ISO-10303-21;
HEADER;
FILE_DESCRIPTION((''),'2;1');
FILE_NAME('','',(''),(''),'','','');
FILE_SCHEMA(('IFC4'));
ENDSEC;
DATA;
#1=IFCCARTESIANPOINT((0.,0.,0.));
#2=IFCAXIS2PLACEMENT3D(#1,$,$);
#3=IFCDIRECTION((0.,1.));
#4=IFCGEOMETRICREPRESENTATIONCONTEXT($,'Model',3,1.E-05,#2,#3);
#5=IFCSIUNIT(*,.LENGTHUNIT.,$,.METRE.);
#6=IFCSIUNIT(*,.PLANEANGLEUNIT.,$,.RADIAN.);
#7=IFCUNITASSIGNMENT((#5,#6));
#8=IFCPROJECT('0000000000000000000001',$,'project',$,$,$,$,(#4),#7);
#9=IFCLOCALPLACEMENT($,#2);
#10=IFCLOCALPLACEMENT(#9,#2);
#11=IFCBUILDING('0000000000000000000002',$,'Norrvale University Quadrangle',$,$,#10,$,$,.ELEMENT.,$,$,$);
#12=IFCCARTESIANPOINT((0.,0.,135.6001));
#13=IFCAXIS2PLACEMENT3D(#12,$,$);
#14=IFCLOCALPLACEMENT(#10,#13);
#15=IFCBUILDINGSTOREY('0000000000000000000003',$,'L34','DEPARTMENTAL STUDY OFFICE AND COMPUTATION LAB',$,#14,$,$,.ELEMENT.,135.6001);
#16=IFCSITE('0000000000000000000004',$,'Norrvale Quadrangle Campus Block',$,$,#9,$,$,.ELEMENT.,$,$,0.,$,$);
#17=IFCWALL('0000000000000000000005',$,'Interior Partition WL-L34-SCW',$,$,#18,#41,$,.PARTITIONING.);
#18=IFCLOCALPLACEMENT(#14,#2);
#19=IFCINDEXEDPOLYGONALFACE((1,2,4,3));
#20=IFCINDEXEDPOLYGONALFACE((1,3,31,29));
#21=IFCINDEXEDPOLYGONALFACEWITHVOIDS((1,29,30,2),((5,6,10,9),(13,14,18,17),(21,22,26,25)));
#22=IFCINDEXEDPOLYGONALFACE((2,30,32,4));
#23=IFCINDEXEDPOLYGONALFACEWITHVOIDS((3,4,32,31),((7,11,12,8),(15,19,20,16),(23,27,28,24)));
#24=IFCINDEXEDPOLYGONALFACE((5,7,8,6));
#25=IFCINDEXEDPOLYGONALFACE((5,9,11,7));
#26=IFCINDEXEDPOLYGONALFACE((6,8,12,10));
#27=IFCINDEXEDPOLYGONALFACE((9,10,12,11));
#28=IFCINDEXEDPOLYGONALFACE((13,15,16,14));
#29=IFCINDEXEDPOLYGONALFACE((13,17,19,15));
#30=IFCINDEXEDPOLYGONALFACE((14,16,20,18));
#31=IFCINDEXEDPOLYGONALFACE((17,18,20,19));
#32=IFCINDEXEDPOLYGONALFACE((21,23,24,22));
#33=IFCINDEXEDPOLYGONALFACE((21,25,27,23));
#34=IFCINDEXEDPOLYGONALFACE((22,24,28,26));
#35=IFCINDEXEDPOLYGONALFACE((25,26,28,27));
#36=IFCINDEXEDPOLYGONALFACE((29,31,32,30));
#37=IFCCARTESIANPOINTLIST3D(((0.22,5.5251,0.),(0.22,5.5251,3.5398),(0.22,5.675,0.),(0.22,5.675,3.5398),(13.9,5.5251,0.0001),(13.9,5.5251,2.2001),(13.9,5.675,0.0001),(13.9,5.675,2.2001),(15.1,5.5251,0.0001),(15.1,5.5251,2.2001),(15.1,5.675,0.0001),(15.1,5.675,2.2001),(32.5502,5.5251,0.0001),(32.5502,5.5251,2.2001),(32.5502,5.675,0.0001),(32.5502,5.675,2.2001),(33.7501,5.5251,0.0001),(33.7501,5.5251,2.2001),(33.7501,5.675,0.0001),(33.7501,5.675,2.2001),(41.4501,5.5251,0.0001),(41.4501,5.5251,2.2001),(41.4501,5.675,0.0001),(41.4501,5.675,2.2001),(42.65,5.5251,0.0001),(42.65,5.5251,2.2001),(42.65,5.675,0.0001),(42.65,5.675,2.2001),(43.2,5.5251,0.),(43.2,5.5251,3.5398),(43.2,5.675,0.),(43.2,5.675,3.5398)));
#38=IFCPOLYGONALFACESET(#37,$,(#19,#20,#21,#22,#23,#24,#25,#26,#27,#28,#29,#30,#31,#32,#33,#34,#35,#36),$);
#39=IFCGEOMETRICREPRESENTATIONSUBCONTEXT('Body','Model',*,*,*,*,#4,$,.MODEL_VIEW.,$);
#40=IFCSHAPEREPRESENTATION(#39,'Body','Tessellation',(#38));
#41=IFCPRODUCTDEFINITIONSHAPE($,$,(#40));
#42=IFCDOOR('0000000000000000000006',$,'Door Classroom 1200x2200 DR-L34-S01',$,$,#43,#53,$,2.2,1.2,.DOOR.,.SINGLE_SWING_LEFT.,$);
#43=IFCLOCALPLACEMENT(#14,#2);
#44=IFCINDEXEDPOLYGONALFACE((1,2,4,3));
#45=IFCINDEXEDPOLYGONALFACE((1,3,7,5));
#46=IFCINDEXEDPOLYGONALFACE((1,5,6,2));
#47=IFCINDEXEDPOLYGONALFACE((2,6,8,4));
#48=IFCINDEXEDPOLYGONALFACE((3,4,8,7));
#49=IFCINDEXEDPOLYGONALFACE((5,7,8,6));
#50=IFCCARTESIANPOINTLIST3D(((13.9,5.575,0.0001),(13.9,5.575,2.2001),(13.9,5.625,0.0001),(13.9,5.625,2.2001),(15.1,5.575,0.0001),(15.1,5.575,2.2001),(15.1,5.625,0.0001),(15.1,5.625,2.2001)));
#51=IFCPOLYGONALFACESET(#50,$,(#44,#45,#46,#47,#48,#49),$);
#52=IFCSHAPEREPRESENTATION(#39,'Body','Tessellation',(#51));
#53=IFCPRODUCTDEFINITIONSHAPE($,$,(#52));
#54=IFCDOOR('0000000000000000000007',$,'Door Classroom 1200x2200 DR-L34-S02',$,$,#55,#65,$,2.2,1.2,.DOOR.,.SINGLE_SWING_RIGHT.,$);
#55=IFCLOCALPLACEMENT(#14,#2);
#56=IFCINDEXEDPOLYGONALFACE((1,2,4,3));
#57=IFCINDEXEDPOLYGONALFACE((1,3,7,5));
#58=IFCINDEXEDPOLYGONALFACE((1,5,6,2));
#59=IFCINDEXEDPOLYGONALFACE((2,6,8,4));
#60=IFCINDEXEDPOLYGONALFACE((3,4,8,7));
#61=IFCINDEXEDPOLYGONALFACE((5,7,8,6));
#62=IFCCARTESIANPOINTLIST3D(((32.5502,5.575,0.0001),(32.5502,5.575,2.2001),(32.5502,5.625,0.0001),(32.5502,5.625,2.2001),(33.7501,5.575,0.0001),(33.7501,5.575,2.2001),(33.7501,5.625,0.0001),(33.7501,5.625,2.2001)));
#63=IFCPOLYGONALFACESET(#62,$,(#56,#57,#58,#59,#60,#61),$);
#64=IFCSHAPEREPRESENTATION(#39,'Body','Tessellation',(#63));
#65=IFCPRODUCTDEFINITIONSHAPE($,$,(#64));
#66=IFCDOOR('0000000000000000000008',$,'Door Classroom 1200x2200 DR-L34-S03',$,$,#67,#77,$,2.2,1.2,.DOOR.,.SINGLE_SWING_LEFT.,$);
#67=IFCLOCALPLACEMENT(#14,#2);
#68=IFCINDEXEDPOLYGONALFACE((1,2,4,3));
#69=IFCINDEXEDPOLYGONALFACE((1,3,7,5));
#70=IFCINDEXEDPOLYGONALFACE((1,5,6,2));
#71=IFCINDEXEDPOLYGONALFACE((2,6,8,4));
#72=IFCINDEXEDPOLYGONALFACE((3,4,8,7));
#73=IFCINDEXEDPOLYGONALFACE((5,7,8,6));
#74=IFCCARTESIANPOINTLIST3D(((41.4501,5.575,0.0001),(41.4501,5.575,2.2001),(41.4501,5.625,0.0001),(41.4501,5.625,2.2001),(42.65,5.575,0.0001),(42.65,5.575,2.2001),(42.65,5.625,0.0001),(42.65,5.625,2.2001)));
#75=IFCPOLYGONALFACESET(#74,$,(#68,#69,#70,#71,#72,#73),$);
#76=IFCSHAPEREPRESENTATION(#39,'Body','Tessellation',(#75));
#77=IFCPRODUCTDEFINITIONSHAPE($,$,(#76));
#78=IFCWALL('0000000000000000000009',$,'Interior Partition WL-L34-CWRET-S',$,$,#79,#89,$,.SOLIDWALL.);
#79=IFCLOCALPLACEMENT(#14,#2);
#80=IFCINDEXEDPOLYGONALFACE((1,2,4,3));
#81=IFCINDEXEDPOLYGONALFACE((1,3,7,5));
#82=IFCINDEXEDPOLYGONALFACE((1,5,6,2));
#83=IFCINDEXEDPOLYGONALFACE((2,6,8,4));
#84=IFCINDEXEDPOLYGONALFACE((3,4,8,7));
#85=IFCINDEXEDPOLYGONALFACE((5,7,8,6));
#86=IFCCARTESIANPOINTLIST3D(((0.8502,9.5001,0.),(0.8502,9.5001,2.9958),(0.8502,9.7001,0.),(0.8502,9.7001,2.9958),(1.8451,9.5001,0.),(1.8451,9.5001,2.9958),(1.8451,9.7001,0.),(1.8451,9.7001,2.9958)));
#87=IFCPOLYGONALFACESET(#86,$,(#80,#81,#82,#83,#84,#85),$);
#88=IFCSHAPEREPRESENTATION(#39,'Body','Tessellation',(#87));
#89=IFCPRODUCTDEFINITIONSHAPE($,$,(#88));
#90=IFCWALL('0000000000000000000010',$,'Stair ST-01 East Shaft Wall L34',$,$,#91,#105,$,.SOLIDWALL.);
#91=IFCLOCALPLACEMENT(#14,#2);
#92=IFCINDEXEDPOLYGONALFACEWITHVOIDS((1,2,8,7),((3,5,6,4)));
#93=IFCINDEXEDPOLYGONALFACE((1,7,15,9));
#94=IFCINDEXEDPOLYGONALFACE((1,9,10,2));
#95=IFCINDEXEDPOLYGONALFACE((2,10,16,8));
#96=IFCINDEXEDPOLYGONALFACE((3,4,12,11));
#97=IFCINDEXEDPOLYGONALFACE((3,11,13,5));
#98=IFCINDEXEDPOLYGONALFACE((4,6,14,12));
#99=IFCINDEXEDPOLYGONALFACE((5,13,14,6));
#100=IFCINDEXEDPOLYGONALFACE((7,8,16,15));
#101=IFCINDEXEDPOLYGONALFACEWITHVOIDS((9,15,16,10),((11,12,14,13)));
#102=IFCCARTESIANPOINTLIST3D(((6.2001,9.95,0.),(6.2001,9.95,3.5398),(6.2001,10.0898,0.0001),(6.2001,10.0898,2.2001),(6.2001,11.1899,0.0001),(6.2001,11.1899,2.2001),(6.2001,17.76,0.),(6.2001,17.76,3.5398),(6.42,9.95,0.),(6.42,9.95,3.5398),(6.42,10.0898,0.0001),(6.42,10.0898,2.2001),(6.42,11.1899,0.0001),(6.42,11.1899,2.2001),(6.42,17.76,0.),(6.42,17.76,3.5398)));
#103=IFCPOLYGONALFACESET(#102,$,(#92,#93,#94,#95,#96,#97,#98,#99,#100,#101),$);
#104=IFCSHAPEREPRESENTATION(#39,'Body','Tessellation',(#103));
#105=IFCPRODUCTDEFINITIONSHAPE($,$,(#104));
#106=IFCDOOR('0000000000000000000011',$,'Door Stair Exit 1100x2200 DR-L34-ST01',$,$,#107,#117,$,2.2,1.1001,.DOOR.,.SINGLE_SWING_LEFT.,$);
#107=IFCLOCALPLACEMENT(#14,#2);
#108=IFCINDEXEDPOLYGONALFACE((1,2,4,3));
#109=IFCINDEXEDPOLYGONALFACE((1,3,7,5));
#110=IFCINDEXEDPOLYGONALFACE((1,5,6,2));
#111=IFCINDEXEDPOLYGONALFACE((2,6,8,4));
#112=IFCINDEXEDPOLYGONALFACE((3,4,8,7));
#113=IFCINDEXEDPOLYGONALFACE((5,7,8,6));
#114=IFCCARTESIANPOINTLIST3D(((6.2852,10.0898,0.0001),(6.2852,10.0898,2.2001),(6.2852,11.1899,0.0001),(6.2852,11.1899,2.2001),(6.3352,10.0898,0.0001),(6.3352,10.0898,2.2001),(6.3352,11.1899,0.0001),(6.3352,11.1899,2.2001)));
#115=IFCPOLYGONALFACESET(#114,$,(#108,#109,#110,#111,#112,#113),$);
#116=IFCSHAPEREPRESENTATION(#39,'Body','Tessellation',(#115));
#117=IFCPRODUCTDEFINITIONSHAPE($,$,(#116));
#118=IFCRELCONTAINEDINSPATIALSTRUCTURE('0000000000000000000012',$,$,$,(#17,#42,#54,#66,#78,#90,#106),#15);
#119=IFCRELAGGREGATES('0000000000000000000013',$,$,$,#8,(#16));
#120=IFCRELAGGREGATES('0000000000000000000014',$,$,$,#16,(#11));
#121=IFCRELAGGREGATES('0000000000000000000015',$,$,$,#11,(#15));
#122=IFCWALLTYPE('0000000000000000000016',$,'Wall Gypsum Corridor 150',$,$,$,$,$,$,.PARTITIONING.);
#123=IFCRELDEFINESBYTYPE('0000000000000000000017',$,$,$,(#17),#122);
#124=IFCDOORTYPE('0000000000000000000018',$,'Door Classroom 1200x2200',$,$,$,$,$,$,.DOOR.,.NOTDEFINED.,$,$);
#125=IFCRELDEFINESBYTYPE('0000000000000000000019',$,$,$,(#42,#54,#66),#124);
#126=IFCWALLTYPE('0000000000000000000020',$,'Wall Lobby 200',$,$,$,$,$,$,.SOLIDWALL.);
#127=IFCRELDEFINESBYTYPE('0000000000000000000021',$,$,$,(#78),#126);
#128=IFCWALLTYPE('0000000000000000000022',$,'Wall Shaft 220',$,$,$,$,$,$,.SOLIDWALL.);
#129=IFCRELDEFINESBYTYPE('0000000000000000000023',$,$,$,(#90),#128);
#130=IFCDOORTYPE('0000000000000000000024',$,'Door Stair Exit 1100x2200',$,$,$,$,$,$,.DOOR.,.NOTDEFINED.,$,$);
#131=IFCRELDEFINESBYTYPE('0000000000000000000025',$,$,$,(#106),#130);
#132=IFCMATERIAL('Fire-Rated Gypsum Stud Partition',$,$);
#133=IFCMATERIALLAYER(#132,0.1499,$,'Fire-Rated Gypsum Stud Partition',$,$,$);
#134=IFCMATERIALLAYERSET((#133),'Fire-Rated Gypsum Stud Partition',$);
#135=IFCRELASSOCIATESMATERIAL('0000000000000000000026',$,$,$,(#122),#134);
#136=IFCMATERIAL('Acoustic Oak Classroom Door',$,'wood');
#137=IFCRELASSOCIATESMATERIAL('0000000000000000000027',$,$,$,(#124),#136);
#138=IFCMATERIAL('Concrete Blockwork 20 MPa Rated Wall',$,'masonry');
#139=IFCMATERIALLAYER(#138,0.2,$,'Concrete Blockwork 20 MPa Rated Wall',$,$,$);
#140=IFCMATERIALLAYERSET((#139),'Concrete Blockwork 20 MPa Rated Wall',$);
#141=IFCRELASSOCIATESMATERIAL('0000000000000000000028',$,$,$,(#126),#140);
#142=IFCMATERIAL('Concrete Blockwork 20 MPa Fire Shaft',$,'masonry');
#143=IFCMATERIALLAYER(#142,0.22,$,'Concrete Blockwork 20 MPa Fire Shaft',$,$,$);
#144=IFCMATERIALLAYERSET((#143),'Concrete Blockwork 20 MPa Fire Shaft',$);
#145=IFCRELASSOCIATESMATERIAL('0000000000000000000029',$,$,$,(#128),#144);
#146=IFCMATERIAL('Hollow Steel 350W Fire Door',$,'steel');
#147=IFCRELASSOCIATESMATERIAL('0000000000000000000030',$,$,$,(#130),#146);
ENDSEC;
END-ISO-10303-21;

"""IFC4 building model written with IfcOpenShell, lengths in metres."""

from ifc_helpers import new_model, si_unit, direction, frame, frame_2d, origin, place, context, subcontext, project, spatial, rectangle, extrude, material, layer, layer_set, type_object, element, fill, save


model = new_model("IFC4")

# Units and contexts
model_context = context("Model", 3, precision=1e-05, world=origin(), true_north=direction((0.0, 1.0)))
body_context = subcontext(model_context, "Body", "Model", "MODEL_VIEW")
ifc_project = project(units=[si_unit("LENGTHUNIT", "METRE"), si_unit("PLANEANGLEUNIT", "RADIAN")], contexts=[model_context])

# Site, building, storey
site_placement = place(None, origin())
site = spatial("IfcSite", under=ifc_project, at=site_placement, Name="Norrvale Quadrangle Campus Block", CompositionType="ELEMENT", RefElevation=0.0)
building_placement = place(site_placement, origin())
building = spatial("IfcBuilding", under=site, at=building_placement, Name="Norrvale University Quadrangle", CompositionType="ELEMENT")
storey_placement = place(building_placement, frame((0.0, 0.0, 135.6001)))
storey = spatial("IfcBuildingStorey", under=building, at=storey_placement, Name="L34", Description="DEPARTMENTAL STUDY OFFICE AND COMPUTATION LAB", CompositionType="ELEMENT", Elevation=135.6001)

# Wall, openings, doors
ifc_material_1 = material(Name="Fire-Rated Gypsum Stud Partition")
ifc_layer_1 = layer(ifc_material_1, 0.1499, Name="Fire-Rated Gypsum Stud Partition")
ifc_layer_set_1 = layer_set([ifc_layer_1], Name="Fire-Rated Gypsum Stud Partition")
wall_type_1 = type_object("IfcWallType", Name="Wall Gypsum Corridor 150", PredefinedType="PARTITIONING", material=ifc_layer_set_1)
wall_1_placement = place(storey_placement, frame((0.22, 5.6001, 0.0), z_axis=(0.0, 0.0, 1.0), x_axis=(1.0, 0.0, 0.0)))
wall_1 = element("IfcWall", 1, at=wall_1_placement, inside=storey, type_object=wall_type_1, Name="Interior Partition WL-L34-SCW", PredefinedType="PARTITIONING", context=body_context, shape_type="SweptSolid", body=[
    extrude(rectangle(XDim=42.98, YDim=0.1499, at=frame_2d((21.49, 0.0))), origin(), (0.0, 0.0, 1.0), 3.5398),
])
opening_1_placement = place(wall_1_placement, frame((13.6799, 0.0, 0.0)))
opening_1 = element("IfcOpeningElement", 2, at=opening_1_placement, cuts=wall_1, PredefinedType="OPENING", context=body_context, shape_type="SweptSolid", body=[
    extrude(rectangle(XDim=1.2, YDim=2.2, at=frame_2d((0.6001, 1.1001))), frame((0.0, 0.0869, 0.0), z_axis=(0.0, -1.0, 0.0), x_axis=(1.0, 0.0, 0.0)), (0.0, 0.0, 1.0), 0.1738),
])
opening_2_placement = place(wall_1_placement, frame((32.3301, 0.0, 0.0)))
opening_2 = element("IfcOpeningElement", 3, at=opening_2_placement, cuts=wall_1, PredefinedType="OPENING", context=body_context, shape_type="SweptSolid", body=[
    extrude(rectangle(XDim=1.2, YDim=2.2, at=frame_2d((0.6001, 1.1001))), frame((0.0, 0.0869, 0.0), z_axis=(0.0, -1.0, 0.0), x_axis=(1.0, 0.0, 0.0)), (0.0, 0.0, 1.0), 0.1738),
])
opening_3_placement = place(wall_1_placement, frame((41.23, 0.0, 0.0)))
opening_3 = element("IfcOpeningElement", 4, at=opening_3_placement, cuts=wall_1, PredefinedType="OPENING", context=body_context, shape_type="SweptSolid", body=[
    extrude(rectangle(XDim=1.2, YDim=2.2, at=frame_2d((0.6001, 1.1001))), frame((0.0, 0.0869, 0.0), z_axis=(0.0, -1.0, 0.0), x_axis=(1.0, 0.0, 0.0)), (0.0, 0.0, 1.0), 0.1738),
])
ifc_material_2 = material(Name="Acoustic Oak Classroom Door", Category="wood")
door_type_1 = type_object("IfcDoorType", Name="Door Classroom 1200x2200", OperationType="NOTDEFINED", PredefinedType="DOOR", material=ifc_material_2)
door_1_placement = place(opening_1_placement, origin())
door_1 = element("IfcDoor", 5, at=door_1_placement, inside=storey, type_object=door_type_1, Name="Door Classroom 1200x2200 DR-L34-S01", OperationType="SINGLE_SWING_LEFT", OverallHeight=2.2, OverallWidth=1.2, PredefinedType="DOOR", context=body_context, shape_type="SweptSolid", body=[
    extrude(rectangle(XDim=1.2, YDim=2.2, at=frame_2d((0.6001, 1.1001))), frame((0.0, 0.0249, 0.0), z_axis=(0.0, -1.0, 0.0), x_axis=(1.0, 0.0, 0.0)), (0.0, 0.0, 1.0), 0.05),
])
fill(opening_1, door_1)
door_2_placement = place(opening_2_placement, origin())
door_2 = element("IfcDoor", 6, at=door_2_placement, inside=storey, type_object=door_type_1, Name="Door Classroom 1200x2200 DR-L34-S02", OperationType="SINGLE_SWING_RIGHT", OverallHeight=2.2, OverallWidth=1.2, PredefinedType="DOOR", context=body_context, shape_type="SweptSolid", body=[
    extrude(rectangle(XDim=1.2, YDim=2.2, at=frame_2d((0.6001, 1.1001))), frame((0.0, 0.0249, 0.0), z_axis=(0.0, -1.0, 0.0), x_axis=(1.0, 0.0, 0.0)), (0.0, 0.0, 1.0), 0.05),
])
fill(opening_2, door_2)
door_3_placement = place(opening_3_placement, origin())
door_3 = element("IfcDoor", 7, at=door_3_placement, inside=storey, type_object=door_type_1, Name="Door Classroom 1200x2200 DR-L34-S03", OperationType="SINGLE_SWING_LEFT", OverallHeight=2.2, OverallWidth=1.2, PredefinedType="DOOR", context=body_context, shape_type="SweptSolid", body=[
    extrude(rectangle(XDim=1.2, YDim=2.2, at=frame_2d((0.6001, 1.1001))), frame((0.0, 0.0249, 0.0), z_axis=(0.0, -1.0, 0.0), x_axis=(1.0, 0.0, 0.0)), (0.0, 0.0, 1.0), 0.05),
])
fill(opening_3, door_3)

# Wall
ifc_material_3 = material(Name="Concrete Blockwork 20 MPa Rated Wall", Category="masonry")
ifc_layer_2 = layer(ifc_material_3, 0.2, Name="Concrete Blockwork 20 MPa Rated Wall")
ifc_layer_set_2 = layer_set([ifc_layer_2], Name="Concrete Blockwork 20 MPa Rated Wall")
wall_type_2 = type_object("IfcWallType", Name="Wall Lobby 200", PredefinedType="SOLIDWALL", material=ifc_layer_set_2)
wall_2_placement = place(storey_placement, frame((0.8501, 9.6001, 0.0), z_axis=(0.0, 0.0, 1.0), x_axis=(1.0, 0.0, 0.0)))
element("IfcWall", 8, at=wall_2_placement, inside=storey, type_object=wall_type_2, Name="Interior Partition WL-L34-CWRET-S", PredefinedType="SOLIDWALL", context=body_context, shape_type="SweptSolid", body=[
    extrude(rectangle(XDim=0.9949, YDim=0.2, at=frame_2d((0.4976, 0.0))), origin(), (0.0, 0.0, 1.0), 2.9958),
])

# Wall, opening, door
ifc_material_4 = material(Name="Concrete Blockwork 20 MPa Fire Shaft", Category="masonry")
ifc_layer_3 = layer(ifc_material_4, 0.22, Name="Concrete Blockwork 20 MPa Fire Shaft")
ifc_layer_set_3 = layer_set([ifc_layer_3], Name="Concrete Blockwork 20 MPa Fire Shaft")
wall_type_3 = type_object("IfcWallType", Name="Wall Shaft 220", PredefinedType="SOLIDWALL", material=ifc_layer_set_3)
wall_3_placement = place(storey_placement, frame((6.3101, 9.95, 0.0), z_axis=(0.0, 0.0, 1.0), x_axis=(0.0, 1.0, 0.0)))
wall_3 = element("IfcWall", 9, at=wall_3_placement, inside=storey, type_object=wall_type_3, Name="Stair ST-01 East Shaft Wall L34", PredefinedType="SOLIDWALL", context=body_context, shape_type="SweptSolid", body=[
    extrude(rectangle(XDim=7.8101, YDim=0.22, at=frame_2d((3.905, 0.0))), origin(), (0.0, 0.0, 1.0), 3.5398),
])
opening_4_placement = place(wall_3_placement, frame((0.1399, 0.0, 0.0)))
opening_4 = element("IfcOpeningElement", 10, at=opening_4_placement, cuts=wall_3, PredefinedType="OPENING", context=body_context, shape_type="SweptSolid", body=[
    extrude(rectangle(XDim=1.1001, YDim=2.2, at=frame_2d((0.55, 1.1001))), frame((0.0, 0.1221, 0.0), z_axis=(0.0, -1.0, 0.0), x_axis=(1.0, 0.0, 0.0)), (0.0, 0.0, 1.0), 0.2439),
])
ifc_material_5 = material(Name="Hollow Steel 350W Fire Door", Category="steel")
door_type_2 = type_object("IfcDoorType", Name="Door Stair Exit 1100x2200", OperationType="NOTDEFINED", PredefinedType="DOOR", material=ifc_material_5)
door_4_placement = place(opening_4_placement, origin())
door_4 = element("IfcDoor", 11, at=door_4_placement, inside=storey, type_object=door_type_2, Name="Door Stair Exit 1100x2200 DR-L34-ST01", OperationType="SINGLE_SWING_LEFT", OverallHeight=2.2, OverallWidth=1.1001, PredefinedType="DOOR", context=body_context, shape_type="SweptSolid", body=[
    extrude(rectangle(XDim=1.1001, YDim=2.2, at=frame_2d((0.55, 1.1001))), frame((0.0, 0.0249, 0.0), z_axis=(0.0, -1.0, 0.0), x_axis=(1.0, 0.0, 0.0)), (0.0, 0.0, 1.0), 0.05),
])
fill(opening_4, door_4)

save(model, "model.ifc")
